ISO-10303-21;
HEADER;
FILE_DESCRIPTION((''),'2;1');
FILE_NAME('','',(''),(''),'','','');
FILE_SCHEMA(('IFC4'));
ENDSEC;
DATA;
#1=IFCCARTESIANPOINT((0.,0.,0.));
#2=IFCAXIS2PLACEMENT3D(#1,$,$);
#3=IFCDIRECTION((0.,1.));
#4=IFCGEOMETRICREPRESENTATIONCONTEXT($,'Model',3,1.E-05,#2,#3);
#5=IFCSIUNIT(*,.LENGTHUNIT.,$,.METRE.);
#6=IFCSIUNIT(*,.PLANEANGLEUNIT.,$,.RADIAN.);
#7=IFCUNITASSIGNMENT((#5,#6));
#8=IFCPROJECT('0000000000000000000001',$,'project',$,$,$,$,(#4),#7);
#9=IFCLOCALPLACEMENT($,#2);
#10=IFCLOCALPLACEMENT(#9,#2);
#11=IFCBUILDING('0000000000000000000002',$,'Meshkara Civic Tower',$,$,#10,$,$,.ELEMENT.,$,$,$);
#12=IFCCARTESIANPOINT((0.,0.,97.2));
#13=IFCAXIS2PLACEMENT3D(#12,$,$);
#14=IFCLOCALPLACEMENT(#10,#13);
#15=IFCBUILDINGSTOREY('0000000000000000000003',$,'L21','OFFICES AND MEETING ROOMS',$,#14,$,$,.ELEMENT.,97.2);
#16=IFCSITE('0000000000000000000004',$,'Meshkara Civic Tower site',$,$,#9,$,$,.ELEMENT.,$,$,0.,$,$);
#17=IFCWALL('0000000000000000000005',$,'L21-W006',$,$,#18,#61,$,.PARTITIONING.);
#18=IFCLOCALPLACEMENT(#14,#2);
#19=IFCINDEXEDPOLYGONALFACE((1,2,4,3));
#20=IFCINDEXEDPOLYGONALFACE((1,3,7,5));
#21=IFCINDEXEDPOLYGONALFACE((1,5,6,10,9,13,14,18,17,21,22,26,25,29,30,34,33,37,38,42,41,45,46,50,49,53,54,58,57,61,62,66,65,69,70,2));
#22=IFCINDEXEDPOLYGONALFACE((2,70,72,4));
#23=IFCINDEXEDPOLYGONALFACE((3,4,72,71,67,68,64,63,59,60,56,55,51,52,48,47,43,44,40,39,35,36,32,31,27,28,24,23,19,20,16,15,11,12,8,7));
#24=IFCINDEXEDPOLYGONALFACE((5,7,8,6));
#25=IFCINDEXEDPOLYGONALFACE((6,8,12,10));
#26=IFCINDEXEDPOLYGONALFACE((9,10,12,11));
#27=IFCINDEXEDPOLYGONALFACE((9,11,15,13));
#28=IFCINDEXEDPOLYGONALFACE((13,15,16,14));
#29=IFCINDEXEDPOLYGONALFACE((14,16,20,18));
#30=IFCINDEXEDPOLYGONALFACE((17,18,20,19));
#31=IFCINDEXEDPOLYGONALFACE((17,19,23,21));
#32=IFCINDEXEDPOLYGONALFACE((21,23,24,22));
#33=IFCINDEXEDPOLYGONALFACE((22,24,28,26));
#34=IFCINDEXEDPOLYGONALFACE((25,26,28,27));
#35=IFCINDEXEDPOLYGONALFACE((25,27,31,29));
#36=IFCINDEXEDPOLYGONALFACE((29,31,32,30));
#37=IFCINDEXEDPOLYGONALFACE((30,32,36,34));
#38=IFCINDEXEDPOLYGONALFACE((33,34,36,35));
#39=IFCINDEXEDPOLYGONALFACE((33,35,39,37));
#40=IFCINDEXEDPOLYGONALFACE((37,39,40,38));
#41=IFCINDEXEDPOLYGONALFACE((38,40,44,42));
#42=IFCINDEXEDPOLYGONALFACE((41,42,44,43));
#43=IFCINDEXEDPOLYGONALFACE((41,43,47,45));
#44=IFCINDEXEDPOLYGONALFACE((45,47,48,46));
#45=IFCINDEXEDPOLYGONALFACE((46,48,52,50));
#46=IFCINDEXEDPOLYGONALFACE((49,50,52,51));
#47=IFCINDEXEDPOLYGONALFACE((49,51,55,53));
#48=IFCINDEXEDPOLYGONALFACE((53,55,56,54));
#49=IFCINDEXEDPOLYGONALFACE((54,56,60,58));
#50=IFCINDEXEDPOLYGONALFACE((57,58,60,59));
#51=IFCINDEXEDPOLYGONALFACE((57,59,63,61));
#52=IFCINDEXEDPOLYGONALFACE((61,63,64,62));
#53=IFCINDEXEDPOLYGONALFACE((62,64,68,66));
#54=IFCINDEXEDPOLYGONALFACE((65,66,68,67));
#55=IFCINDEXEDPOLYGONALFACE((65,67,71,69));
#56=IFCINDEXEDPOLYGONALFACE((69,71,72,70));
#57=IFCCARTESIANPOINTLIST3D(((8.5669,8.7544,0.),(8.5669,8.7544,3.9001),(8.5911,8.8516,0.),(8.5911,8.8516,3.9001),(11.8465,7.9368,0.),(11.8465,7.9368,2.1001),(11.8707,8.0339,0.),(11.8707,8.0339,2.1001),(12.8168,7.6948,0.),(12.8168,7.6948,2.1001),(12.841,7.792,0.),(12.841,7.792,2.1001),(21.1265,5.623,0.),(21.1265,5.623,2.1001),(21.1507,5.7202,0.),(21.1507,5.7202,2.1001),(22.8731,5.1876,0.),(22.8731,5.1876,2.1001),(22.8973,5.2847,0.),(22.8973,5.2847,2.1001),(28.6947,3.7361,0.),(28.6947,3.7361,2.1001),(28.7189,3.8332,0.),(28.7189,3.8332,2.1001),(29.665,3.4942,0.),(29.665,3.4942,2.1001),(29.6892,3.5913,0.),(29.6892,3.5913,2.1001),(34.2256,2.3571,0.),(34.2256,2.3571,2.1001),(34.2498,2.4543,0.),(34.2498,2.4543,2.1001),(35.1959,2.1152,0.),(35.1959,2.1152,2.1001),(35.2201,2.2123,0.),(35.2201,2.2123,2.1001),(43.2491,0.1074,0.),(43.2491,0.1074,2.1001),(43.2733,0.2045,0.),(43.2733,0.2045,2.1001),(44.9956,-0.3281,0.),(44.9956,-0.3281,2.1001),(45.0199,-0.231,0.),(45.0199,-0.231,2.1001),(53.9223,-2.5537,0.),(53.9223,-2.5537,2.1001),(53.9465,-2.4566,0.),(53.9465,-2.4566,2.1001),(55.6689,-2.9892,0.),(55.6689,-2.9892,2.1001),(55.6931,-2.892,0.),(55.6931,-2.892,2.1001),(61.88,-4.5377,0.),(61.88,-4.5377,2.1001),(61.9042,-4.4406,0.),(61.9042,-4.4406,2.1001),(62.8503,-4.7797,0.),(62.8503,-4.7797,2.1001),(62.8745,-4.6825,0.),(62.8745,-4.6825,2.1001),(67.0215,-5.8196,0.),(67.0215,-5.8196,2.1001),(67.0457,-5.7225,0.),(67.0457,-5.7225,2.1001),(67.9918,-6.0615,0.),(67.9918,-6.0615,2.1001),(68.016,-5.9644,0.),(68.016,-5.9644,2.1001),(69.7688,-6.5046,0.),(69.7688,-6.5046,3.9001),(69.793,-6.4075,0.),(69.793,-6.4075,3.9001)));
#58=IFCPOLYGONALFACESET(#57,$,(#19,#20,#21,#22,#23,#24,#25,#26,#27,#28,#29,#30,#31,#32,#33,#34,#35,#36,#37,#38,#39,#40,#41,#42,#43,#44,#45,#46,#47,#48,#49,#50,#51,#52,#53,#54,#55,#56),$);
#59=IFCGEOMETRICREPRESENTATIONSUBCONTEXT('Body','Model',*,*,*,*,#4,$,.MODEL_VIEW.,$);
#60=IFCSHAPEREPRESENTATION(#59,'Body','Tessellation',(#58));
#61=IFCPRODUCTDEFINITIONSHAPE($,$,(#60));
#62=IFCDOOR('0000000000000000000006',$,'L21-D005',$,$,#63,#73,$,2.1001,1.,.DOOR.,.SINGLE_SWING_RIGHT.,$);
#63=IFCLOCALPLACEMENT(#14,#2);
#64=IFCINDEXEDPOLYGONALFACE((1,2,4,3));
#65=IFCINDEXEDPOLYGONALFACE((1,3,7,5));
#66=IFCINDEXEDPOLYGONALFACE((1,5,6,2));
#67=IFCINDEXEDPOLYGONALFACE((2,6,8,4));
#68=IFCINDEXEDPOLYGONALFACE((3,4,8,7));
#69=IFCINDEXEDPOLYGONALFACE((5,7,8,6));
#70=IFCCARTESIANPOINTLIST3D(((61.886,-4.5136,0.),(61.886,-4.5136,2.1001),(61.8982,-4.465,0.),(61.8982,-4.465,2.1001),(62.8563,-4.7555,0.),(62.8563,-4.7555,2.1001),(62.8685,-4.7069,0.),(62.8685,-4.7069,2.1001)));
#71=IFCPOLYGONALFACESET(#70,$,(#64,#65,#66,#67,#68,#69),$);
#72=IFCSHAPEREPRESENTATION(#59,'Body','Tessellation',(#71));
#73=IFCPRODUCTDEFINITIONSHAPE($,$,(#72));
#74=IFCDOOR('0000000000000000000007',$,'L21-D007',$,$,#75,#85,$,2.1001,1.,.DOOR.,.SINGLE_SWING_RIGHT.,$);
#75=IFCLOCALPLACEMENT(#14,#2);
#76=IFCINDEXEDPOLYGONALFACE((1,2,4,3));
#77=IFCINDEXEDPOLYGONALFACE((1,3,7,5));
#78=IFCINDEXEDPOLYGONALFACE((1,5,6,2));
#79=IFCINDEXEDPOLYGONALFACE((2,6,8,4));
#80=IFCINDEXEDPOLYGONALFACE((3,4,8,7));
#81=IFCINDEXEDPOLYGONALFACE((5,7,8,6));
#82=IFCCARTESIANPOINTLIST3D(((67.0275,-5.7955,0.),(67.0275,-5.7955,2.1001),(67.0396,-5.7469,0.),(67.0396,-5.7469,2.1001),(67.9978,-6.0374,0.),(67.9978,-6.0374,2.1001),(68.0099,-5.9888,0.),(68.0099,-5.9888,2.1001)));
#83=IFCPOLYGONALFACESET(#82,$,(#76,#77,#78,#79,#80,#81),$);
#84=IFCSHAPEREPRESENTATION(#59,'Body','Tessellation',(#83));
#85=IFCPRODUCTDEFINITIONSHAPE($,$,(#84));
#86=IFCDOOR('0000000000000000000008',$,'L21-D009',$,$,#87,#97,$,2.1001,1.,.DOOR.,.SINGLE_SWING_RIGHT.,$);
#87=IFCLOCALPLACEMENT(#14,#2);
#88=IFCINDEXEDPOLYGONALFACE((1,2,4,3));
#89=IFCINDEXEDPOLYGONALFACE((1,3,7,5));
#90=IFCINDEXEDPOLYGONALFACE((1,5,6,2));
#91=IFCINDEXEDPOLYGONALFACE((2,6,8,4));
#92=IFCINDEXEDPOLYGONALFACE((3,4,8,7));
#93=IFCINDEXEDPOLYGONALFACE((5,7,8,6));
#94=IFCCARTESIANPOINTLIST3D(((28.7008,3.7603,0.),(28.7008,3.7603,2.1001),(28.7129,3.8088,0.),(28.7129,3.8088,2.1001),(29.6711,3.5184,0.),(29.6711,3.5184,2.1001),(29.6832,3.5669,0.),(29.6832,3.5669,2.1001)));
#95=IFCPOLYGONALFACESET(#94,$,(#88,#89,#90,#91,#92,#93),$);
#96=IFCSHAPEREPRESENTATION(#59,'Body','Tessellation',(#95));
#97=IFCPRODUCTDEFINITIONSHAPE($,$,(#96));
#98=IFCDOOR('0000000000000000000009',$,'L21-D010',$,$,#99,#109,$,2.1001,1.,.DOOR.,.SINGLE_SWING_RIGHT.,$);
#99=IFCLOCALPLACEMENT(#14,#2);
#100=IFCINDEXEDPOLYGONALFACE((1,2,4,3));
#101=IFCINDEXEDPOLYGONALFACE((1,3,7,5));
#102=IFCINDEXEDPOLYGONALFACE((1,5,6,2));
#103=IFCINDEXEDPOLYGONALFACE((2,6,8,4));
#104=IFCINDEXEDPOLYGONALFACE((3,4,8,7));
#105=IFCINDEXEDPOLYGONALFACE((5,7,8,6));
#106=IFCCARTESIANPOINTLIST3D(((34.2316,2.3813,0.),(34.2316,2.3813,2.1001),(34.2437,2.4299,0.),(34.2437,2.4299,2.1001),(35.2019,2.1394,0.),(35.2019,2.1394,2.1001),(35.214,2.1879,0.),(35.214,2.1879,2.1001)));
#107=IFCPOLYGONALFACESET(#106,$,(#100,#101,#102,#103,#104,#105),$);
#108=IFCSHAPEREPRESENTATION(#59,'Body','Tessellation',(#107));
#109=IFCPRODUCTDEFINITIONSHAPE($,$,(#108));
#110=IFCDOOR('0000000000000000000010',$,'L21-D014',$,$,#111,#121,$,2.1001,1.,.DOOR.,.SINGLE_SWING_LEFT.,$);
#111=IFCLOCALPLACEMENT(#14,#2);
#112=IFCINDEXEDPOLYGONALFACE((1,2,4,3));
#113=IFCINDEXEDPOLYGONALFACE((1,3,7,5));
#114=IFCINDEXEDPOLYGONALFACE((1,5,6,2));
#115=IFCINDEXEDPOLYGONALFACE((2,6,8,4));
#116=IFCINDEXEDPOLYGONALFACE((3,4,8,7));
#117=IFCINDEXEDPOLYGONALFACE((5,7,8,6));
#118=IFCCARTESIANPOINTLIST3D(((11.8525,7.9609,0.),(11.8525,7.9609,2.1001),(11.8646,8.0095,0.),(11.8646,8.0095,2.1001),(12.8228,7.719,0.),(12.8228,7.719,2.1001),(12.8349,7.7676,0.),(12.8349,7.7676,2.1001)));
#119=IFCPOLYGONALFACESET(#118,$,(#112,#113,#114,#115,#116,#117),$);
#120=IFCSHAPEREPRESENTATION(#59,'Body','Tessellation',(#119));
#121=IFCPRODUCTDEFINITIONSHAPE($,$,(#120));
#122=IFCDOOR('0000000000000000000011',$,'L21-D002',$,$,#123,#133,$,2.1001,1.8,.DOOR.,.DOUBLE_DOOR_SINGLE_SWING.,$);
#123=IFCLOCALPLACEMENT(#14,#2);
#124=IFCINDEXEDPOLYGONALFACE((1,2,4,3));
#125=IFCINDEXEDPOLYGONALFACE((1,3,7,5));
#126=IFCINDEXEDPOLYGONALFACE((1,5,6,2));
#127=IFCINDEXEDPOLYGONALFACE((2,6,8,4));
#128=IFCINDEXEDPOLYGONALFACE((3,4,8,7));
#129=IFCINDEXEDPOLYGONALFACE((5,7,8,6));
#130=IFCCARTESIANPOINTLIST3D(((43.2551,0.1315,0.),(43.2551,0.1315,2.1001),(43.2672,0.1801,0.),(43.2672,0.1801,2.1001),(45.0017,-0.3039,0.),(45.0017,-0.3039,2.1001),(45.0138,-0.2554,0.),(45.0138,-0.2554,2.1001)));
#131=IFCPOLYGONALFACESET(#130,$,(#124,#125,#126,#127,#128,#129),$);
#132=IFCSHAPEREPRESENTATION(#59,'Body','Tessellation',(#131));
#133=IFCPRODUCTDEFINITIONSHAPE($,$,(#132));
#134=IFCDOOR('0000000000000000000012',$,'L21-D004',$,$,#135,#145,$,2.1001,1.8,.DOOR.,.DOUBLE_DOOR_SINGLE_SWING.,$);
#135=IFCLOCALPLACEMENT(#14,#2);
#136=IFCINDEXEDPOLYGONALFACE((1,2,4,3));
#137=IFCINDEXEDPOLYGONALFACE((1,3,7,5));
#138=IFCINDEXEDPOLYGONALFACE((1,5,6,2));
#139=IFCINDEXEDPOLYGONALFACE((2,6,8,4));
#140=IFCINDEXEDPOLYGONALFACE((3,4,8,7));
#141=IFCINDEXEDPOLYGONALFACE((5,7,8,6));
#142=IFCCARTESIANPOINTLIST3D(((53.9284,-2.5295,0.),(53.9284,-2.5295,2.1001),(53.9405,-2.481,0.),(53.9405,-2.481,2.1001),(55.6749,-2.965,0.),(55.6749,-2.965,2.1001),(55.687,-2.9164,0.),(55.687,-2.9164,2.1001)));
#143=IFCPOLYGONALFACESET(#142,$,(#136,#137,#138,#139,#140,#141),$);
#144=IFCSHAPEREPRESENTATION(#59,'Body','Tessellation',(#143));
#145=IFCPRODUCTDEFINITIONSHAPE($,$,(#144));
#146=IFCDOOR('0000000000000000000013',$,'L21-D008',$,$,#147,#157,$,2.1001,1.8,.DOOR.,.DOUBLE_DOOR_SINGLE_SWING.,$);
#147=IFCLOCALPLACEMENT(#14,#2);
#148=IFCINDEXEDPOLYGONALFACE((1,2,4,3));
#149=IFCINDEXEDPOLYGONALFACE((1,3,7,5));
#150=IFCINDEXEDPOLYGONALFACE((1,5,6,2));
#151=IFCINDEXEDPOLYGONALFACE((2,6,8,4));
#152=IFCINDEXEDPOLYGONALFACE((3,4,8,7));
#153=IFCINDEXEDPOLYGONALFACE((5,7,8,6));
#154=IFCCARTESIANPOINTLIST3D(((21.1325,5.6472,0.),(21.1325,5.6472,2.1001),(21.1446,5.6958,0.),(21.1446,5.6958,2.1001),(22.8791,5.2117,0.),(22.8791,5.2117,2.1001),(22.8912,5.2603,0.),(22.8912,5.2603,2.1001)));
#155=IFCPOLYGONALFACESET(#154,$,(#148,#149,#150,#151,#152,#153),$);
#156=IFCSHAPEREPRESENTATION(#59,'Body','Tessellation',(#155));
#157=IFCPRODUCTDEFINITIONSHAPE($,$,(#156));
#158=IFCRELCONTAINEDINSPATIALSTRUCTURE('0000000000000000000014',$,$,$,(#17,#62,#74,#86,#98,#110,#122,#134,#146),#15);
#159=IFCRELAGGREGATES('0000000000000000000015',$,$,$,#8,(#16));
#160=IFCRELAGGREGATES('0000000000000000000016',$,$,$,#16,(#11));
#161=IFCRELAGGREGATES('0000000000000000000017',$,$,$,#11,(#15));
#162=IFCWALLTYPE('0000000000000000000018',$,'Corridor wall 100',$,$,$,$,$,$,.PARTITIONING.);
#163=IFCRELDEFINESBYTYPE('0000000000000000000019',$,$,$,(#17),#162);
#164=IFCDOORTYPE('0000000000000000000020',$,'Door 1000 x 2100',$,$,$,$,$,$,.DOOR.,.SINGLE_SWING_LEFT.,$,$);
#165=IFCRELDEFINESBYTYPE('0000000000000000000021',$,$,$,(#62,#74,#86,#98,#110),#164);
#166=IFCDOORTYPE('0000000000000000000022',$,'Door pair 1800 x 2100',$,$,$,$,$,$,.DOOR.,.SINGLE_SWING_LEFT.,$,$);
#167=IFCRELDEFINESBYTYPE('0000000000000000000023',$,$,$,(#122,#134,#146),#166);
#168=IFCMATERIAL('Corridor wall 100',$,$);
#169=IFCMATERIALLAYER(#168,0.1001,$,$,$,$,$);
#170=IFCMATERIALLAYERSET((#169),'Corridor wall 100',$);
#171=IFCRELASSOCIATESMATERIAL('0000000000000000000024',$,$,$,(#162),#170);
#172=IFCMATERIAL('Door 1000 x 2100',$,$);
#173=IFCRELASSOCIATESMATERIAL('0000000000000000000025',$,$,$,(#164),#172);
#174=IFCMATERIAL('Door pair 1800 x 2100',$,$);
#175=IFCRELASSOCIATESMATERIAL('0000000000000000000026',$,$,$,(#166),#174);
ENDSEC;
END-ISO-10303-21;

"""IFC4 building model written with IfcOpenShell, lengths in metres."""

from ifc_helpers import new_model, si_unit, direction, frame, frame_2d, origin, place, context, subcontext, project, spatial, rectangle, extrude, material, layer, layer_set, type_object, element, fill, save


model = new_model("IFC4")

# Units and contexts
model_context = context("Model", 3, precision=1e-05, world=origin(), true_north=direction((0.0, 1.0)))
body_context = subcontext(model_context, "Body", "Model", "MODEL_VIEW")
ifc_project = project(units=[si_unit("LENGTHUNIT", "METRE"), si_unit("PLANEANGLEUNIT", "RADIAN")], contexts=[model_context])

# Site, building, storey
site_placement = place(None, origin())
site = spatial("IfcSite", under=ifc_project, at=site_placement, Name="Meshkara Civic Tower site", CompositionType="ELEMENT", RefElevation=0.0)
building_placement = place(site_placement, origin())
building = spatial("IfcBuilding", under=site, at=building_placement, Name="Meshkara Civic Tower", CompositionType="ELEMENT")
storey_placement = place(building_placement, frame((0.0, 0.0, 97.2)))
storey = spatial("IfcBuildingStorey", under=building, at=storey_placement, Name="L21", Description="OFFICES AND MEETING ROOMS", CompositionType="ELEMENT", Elevation=97.2)

# Wall, openings, doors
ifc_material_1 = material(Name="Corridor wall 100")
ifc_layer_1 = layer(ifc_material_1, 0.1001)
ifc_layer_set_1 = layer_set([ifc_layer_1], Name="Corridor wall 100")
wall_type_1 = type_object("IfcWallType", Name="Corridor wall 100", PredefinedType="PARTITIONING", material=ifc_layer_set_1)
ifc_material_2 = material(Name="Door 1000 x 2100")
door_type_1 = type_object("IfcDoorType", Name="Door 1000 x 2100", OperationType="SINGLE_SWING_LEFT", PredefinedType="DOOR", material=ifc_material_2)
ifc_material_3 = material(Name="Door pair 1800 x 2100")
door_type_2 = type_object("IfcDoorType", Name="Door pair 1800 x 2100", OperationType="SINGLE_SWING_LEFT", PredefinedType="DOOR", material=ifc_material_3)
wall_1_placement = place(storey_placement, frame((8.5791, 8.803, 0.0), z_axis=(0.0, 0.0, 1.0), x_axis=(0.970297, -0.241917, 0.0)))
wall_1 = element("IfcWall", 1, at=wall_1_placement, inside=storey, type_object=wall_type_1, Name="L21-W006", PredefinedType="PARTITIONING", context=body_context, shape_type="SweptSolid", body=[
    extrude(rectangle(XDim=63.0754, YDim=0.1001, at=frame_2d((31.5376, 0.0))), origin(), (0.0, 0.0, 1.0), 3.9001),
])
opening_1_placement = place(wall_1_placement, frame((35.7439, 0.0, 0.0)))
opening_1 = element("IfcOpeningElement", 2, at=opening_1_placement, cuts=wall_1, PredefinedType="OPENING", context=body_context, shape_type="SweptSolid", body=[
    extrude(rectangle(XDim=1.8, YDim=2.1001, at=frame_2d((0.8999, 1.05))), frame((0.0, 0.0601, 0.0), z_axis=(0.0, -1.0, 0.0), x_axis=(1.0, 0.0, 0.0)), (0.0, 0.0, 1.0), 0.1201),
])
opening_2_placement = place(wall_1_placement, frame((46.7439, 0.0, 0.0)))
opening_2 = element("IfcOpeningElement", 3, at=opening_2_placement, cuts=wall_1, PredefinedType="OPENING", context=body_context, shape_type="SweptSolid", body=[
    extrude(rectangle(XDim=1.8, YDim=2.1001, at=frame_2d((0.8999, 1.05))), frame((0.0, 0.0601, 0.0), z_axis=(0.0, -1.0, 0.0), x_axis=(1.0, 0.0, 0.0)), (0.0, 0.0, 1.0), 0.1201),
])
opening_3_placement = place(wall_1_placement, frame((54.9451, 0.0, 0.0)))
opening_3 = element("IfcOpeningElement", 4, at=opening_3_placement, cuts=wall_1, PredefinedType="OPENING", context=body_context, shape_type="SweptSolid", body=[
    extrude(rectangle(XDim=1.0, YDim=2.1001, at=frame_2d((0.5, 1.05))), frame((0.0, 0.0601, 0.0), z_axis=(0.0, -1.0, 0.0), x_axis=(1.0, 0.0, 0.0)), (0.0, 0.0, 1.0), 0.1201),
])
opening_4_placement = place(wall_1_placement, frame((60.2439, 0.0, 0.0)))
opening_4 = element("IfcOpeningElement", 5, at=opening_4_placement, cuts=wall_1, PredefinedType="OPENING", context=body_context, shape_type="SweptSolid", body=[
    extrude(rectangle(XDim=1.0, YDim=2.1001, at=frame_2d((0.5, 1.05))), frame((0.0, 0.0601, 0.0), z_axis=(0.0, -1.0, 0.0), x_axis=(1.0, 0.0, 0.0)), (0.0, 0.0, 1.0), 0.1201),
])
opening_5_placement = place(wall_1_placement, frame((12.9441, 0.0, 0.0)))
opening_5 = element("IfcOpeningElement", 6, at=opening_5_placement, cuts=wall_1, PredefinedType="OPENING", context=body_context, shape_type="SweptSolid", body=[
    extrude(rectangle(XDim=1.8, YDim=2.1001, at=frame_2d((0.8999, 1.05))), frame((0.0, 0.0601, 0.0), z_axis=(0.0, -1.0, 0.0), x_axis=(1.0, 0.0, 0.0)), (0.0, 0.0, 1.0), 0.1201),
])
opening_6_placement = place(wall_1_placement, frame((20.7439, 0.0, 0.0)))
opening_6 = element("IfcOpeningElement", 7, at=opening_6_placement, cuts=wall_1, PredefinedType="OPENING", context=body_context, shape_type="SweptSolid", body=[
    extrude(rectangle(XDim=1.0, YDim=2.1001, at=frame_2d((0.5, 1.05))), frame((0.0, 0.0601, 0.0), z_axis=(0.0, -1.0, 0.0), x_axis=(1.0, 0.0, 0.0)), (0.0, 0.0, 1.0), 0.1201),
])
opening_7_placement = place(wall_1_placement, frame((26.4441, 0.0, 0.0)))
opening_7 = element("IfcOpeningElement", 8, at=opening_7_placement, cuts=wall_1, PredefinedType="OPENING", context=body_context, shape_type="SweptSolid", body=[
    extrude(rectangle(XDim=1.0, YDim=2.1001, at=frame_2d((0.5, 1.05))), frame((0.0, 0.0601, 0.0), z_axis=(0.0, -1.0, 0.0), x_axis=(1.0, 0.0, 0.0)), (0.0, 0.0, 1.0), 0.1201),
])
opening_8_placement = place(wall_1_placement, frame((3.3799, 0.0, 0.0)))
opening_8 = element("IfcOpeningElement", 9, at=opening_8_placement, cuts=wall_1, PredefinedType="OPENING", context=body_context, shape_type="SweptSolid", body=[
    extrude(rectangle(XDim=1.0, YDim=2.1001, at=frame_2d((0.5, 1.05))), frame((0.0, 0.0601, 0.0), z_axis=(0.0, -1.0, 0.0), x_axis=(1.0, 0.0, 0.0)), (0.0, 0.0, 1.0), 0.1201),
])
door_1_placement = place(opening_3_placement, origin())
door_1 = element("IfcDoor", 10, at=door_1_placement, inside=storey, type_object=door_type_1, Name="L21-D005", OperationType="SINGLE_SWING_RIGHT", OverallHeight=2.1001, OverallWidth=1.0, PredefinedType="DOOR", context=body_context, shape_type="SweptSolid", body=[
    extrude(rectangle(XDim=1.0, YDim=2.1001, at=frame_2d((0.5, 1.05))), frame((0.0, 0.0249, 0.0), z_axis=(0.0, -1.0, 0.0), x_axis=(1.0, 0.0, 0.0)), (0.0, 0.0, 1.0), 0.05),
])
fill(opening_3, door_1)
door_2_placement = place(opening_4_placement, origin())
door_2 = element("IfcDoor", 11, at=door_2_placement, inside=storey, type_object=door_type_1, Name="L21-D007", OperationType="SINGLE_SWING_RIGHT", OverallHeight=2.1001, OverallWidth=1.0, PredefinedType="DOOR", context=body_context, shape_type="SweptSolid", body=[
    extrude(rectangle(XDim=1.0, YDim=2.1001, at=frame_2d((0.5, 1.05))), frame((0.0, 0.0249, 0.0), z_axis=(0.0, -1.0, 0.0), x_axis=(1.0, 0.0, 0.0)), (0.0, 0.0, 1.0), 0.05),
])
fill(opening_4, door_2)
door_3_placement = place(opening_6_placement, origin())
door_3 = element("IfcDoor", 12, at=door_3_placement, inside=storey, type_object=door_type_1, Name="L21-D009", OperationType="SINGLE_SWING_RIGHT", OverallHeight=2.1001, OverallWidth=1.0, PredefinedType="DOOR", context=body_context, shape_type="SweptSolid", body=[
    extrude(rectangle(XDim=1.0, YDim=2.1001, at=frame_2d((0.5, 1.05))), frame((0.0, 0.0249, 0.0), z_axis=(0.0, -1.0, 0.0), x_axis=(1.0, 0.0, 0.0)), (0.0, 0.0, 1.0), 0.05),
])
fill(opening_6, door_3)
door_4_placement = place(opening_7_placement, origin())
door_4 = element("IfcDoor", 13, at=door_4_placement, inside=storey, type_object=door_type_1, Name="L21-D010", OperationType="SINGLE_SWING_RIGHT", OverallHeight=2.1001, OverallWidth=1.0, PredefinedType="DOOR", context=body_context, shape_type="SweptSolid", body=[
    extrude(rectangle(XDim=1.0, YDim=2.1001, at=frame_2d((0.5, 1.05))), frame((0.0, 0.0249, 0.0), z_axis=(0.0, -1.0, 0.0), x_axis=(1.0, 0.0, 0.0)), (0.0, 0.0, 1.0), 0.05),
])
fill(opening_7, door_4)
door_5_placement = place(opening_8_placement, origin())
door_5 = element("IfcDoor", 14, at=door_5_placement, inside=storey, type_object=door_type_1, Name="L21-D014", OperationType="SINGLE_SWING_LEFT", OverallHeight=2.1001, OverallWidth=1.0, PredefinedType="DOOR", context=body_context, shape_type="SweptSolid", body=[
    extrude(rectangle(XDim=1.0, YDim=2.1001, at=frame_2d((0.5, 1.05))), frame((0.0, 0.0249, 0.0), z_axis=(0.0, -1.0, 0.0), x_axis=(1.0, 0.0, 0.0)), (0.0, 0.0, 1.0), 0.05),
])
fill(opening_8, door_5)
door_6_placement = place(opening_1_placement, origin())
door_6 = element("IfcDoor", 15, at=door_6_placement, inside=storey, type_object=door_type_2, Name="L21-D002", OperationType="DOUBLE_DOOR_SINGLE_SWING", OverallHeight=2.1001, OverallWidth=1.8, PredefinedType="DOOR", context=body_context, shape_type="SweptSolid", body=[
    extrude(rectangle(XDim=1.8, YDim=2.1001, at=frame_2d((0.8999, 1.05))), frame((0.0, 0.0249, 0.0), z_axis=(0.0, -1.0, 0.0), x_axis=(1.0, 0.0, 0.0)), (0.0, 0.0, 1.0), 0.05),
])
fill(opening_1, door_6)
door_7_placement = place(opening_2_placement, origin())
door_7 = element("IfcDoor", 16, at=door_7_placement, inside=storey, type_object=door_type_2, Name="L21-D004", OperationType="DOUBLE_DOOR_SINGLE_SWING", OverallHeight=2.1001, OverallWidth=1.8, PredefinedType="DOOR", context=body_context, shape_type="SweptSolid", body=[
    extrude(rectangle(XDim=1.8, YDim=2.1001, at=frame_2d((0.8999, 1.05))), frame((0.0, 0.0249, 0.0), z_axis=(0.0, -1.0, 0.0), x_axis=(1.0, 0.0, 0.0)), (0.0, 0.0, 1.0), 0.05),
])
fill(opening_2, door_7)
door_8_placement = place(opening_5_placement, origin())
door_8 = element("IfcDoor", 17, at=door_8_placement, inside=storey, type_object=door_type_2, Name="L21-D008", OperationType="DOUBLE_DOOR_SINGLE_SWING", OverallHeight=2.1001, OverallWidth=1.8, PredefinedType="DOOR", context=body_context, shape_type="SweptSolid", body=[
    extrude(rectangle(XDim=1.8, YDim=2.1001, at=frame_2d((0.8999, 1.05))), frame((0.0, 0.0249, 0.0), z_axis=(0.0, -1.0, 0.0), x_axis=(1.0, 0.0, 0.0)), (0.0, 0.0, 1.0), 0.05),
])
fill(opening_5, door_8)

save(model, "model.ifc")
